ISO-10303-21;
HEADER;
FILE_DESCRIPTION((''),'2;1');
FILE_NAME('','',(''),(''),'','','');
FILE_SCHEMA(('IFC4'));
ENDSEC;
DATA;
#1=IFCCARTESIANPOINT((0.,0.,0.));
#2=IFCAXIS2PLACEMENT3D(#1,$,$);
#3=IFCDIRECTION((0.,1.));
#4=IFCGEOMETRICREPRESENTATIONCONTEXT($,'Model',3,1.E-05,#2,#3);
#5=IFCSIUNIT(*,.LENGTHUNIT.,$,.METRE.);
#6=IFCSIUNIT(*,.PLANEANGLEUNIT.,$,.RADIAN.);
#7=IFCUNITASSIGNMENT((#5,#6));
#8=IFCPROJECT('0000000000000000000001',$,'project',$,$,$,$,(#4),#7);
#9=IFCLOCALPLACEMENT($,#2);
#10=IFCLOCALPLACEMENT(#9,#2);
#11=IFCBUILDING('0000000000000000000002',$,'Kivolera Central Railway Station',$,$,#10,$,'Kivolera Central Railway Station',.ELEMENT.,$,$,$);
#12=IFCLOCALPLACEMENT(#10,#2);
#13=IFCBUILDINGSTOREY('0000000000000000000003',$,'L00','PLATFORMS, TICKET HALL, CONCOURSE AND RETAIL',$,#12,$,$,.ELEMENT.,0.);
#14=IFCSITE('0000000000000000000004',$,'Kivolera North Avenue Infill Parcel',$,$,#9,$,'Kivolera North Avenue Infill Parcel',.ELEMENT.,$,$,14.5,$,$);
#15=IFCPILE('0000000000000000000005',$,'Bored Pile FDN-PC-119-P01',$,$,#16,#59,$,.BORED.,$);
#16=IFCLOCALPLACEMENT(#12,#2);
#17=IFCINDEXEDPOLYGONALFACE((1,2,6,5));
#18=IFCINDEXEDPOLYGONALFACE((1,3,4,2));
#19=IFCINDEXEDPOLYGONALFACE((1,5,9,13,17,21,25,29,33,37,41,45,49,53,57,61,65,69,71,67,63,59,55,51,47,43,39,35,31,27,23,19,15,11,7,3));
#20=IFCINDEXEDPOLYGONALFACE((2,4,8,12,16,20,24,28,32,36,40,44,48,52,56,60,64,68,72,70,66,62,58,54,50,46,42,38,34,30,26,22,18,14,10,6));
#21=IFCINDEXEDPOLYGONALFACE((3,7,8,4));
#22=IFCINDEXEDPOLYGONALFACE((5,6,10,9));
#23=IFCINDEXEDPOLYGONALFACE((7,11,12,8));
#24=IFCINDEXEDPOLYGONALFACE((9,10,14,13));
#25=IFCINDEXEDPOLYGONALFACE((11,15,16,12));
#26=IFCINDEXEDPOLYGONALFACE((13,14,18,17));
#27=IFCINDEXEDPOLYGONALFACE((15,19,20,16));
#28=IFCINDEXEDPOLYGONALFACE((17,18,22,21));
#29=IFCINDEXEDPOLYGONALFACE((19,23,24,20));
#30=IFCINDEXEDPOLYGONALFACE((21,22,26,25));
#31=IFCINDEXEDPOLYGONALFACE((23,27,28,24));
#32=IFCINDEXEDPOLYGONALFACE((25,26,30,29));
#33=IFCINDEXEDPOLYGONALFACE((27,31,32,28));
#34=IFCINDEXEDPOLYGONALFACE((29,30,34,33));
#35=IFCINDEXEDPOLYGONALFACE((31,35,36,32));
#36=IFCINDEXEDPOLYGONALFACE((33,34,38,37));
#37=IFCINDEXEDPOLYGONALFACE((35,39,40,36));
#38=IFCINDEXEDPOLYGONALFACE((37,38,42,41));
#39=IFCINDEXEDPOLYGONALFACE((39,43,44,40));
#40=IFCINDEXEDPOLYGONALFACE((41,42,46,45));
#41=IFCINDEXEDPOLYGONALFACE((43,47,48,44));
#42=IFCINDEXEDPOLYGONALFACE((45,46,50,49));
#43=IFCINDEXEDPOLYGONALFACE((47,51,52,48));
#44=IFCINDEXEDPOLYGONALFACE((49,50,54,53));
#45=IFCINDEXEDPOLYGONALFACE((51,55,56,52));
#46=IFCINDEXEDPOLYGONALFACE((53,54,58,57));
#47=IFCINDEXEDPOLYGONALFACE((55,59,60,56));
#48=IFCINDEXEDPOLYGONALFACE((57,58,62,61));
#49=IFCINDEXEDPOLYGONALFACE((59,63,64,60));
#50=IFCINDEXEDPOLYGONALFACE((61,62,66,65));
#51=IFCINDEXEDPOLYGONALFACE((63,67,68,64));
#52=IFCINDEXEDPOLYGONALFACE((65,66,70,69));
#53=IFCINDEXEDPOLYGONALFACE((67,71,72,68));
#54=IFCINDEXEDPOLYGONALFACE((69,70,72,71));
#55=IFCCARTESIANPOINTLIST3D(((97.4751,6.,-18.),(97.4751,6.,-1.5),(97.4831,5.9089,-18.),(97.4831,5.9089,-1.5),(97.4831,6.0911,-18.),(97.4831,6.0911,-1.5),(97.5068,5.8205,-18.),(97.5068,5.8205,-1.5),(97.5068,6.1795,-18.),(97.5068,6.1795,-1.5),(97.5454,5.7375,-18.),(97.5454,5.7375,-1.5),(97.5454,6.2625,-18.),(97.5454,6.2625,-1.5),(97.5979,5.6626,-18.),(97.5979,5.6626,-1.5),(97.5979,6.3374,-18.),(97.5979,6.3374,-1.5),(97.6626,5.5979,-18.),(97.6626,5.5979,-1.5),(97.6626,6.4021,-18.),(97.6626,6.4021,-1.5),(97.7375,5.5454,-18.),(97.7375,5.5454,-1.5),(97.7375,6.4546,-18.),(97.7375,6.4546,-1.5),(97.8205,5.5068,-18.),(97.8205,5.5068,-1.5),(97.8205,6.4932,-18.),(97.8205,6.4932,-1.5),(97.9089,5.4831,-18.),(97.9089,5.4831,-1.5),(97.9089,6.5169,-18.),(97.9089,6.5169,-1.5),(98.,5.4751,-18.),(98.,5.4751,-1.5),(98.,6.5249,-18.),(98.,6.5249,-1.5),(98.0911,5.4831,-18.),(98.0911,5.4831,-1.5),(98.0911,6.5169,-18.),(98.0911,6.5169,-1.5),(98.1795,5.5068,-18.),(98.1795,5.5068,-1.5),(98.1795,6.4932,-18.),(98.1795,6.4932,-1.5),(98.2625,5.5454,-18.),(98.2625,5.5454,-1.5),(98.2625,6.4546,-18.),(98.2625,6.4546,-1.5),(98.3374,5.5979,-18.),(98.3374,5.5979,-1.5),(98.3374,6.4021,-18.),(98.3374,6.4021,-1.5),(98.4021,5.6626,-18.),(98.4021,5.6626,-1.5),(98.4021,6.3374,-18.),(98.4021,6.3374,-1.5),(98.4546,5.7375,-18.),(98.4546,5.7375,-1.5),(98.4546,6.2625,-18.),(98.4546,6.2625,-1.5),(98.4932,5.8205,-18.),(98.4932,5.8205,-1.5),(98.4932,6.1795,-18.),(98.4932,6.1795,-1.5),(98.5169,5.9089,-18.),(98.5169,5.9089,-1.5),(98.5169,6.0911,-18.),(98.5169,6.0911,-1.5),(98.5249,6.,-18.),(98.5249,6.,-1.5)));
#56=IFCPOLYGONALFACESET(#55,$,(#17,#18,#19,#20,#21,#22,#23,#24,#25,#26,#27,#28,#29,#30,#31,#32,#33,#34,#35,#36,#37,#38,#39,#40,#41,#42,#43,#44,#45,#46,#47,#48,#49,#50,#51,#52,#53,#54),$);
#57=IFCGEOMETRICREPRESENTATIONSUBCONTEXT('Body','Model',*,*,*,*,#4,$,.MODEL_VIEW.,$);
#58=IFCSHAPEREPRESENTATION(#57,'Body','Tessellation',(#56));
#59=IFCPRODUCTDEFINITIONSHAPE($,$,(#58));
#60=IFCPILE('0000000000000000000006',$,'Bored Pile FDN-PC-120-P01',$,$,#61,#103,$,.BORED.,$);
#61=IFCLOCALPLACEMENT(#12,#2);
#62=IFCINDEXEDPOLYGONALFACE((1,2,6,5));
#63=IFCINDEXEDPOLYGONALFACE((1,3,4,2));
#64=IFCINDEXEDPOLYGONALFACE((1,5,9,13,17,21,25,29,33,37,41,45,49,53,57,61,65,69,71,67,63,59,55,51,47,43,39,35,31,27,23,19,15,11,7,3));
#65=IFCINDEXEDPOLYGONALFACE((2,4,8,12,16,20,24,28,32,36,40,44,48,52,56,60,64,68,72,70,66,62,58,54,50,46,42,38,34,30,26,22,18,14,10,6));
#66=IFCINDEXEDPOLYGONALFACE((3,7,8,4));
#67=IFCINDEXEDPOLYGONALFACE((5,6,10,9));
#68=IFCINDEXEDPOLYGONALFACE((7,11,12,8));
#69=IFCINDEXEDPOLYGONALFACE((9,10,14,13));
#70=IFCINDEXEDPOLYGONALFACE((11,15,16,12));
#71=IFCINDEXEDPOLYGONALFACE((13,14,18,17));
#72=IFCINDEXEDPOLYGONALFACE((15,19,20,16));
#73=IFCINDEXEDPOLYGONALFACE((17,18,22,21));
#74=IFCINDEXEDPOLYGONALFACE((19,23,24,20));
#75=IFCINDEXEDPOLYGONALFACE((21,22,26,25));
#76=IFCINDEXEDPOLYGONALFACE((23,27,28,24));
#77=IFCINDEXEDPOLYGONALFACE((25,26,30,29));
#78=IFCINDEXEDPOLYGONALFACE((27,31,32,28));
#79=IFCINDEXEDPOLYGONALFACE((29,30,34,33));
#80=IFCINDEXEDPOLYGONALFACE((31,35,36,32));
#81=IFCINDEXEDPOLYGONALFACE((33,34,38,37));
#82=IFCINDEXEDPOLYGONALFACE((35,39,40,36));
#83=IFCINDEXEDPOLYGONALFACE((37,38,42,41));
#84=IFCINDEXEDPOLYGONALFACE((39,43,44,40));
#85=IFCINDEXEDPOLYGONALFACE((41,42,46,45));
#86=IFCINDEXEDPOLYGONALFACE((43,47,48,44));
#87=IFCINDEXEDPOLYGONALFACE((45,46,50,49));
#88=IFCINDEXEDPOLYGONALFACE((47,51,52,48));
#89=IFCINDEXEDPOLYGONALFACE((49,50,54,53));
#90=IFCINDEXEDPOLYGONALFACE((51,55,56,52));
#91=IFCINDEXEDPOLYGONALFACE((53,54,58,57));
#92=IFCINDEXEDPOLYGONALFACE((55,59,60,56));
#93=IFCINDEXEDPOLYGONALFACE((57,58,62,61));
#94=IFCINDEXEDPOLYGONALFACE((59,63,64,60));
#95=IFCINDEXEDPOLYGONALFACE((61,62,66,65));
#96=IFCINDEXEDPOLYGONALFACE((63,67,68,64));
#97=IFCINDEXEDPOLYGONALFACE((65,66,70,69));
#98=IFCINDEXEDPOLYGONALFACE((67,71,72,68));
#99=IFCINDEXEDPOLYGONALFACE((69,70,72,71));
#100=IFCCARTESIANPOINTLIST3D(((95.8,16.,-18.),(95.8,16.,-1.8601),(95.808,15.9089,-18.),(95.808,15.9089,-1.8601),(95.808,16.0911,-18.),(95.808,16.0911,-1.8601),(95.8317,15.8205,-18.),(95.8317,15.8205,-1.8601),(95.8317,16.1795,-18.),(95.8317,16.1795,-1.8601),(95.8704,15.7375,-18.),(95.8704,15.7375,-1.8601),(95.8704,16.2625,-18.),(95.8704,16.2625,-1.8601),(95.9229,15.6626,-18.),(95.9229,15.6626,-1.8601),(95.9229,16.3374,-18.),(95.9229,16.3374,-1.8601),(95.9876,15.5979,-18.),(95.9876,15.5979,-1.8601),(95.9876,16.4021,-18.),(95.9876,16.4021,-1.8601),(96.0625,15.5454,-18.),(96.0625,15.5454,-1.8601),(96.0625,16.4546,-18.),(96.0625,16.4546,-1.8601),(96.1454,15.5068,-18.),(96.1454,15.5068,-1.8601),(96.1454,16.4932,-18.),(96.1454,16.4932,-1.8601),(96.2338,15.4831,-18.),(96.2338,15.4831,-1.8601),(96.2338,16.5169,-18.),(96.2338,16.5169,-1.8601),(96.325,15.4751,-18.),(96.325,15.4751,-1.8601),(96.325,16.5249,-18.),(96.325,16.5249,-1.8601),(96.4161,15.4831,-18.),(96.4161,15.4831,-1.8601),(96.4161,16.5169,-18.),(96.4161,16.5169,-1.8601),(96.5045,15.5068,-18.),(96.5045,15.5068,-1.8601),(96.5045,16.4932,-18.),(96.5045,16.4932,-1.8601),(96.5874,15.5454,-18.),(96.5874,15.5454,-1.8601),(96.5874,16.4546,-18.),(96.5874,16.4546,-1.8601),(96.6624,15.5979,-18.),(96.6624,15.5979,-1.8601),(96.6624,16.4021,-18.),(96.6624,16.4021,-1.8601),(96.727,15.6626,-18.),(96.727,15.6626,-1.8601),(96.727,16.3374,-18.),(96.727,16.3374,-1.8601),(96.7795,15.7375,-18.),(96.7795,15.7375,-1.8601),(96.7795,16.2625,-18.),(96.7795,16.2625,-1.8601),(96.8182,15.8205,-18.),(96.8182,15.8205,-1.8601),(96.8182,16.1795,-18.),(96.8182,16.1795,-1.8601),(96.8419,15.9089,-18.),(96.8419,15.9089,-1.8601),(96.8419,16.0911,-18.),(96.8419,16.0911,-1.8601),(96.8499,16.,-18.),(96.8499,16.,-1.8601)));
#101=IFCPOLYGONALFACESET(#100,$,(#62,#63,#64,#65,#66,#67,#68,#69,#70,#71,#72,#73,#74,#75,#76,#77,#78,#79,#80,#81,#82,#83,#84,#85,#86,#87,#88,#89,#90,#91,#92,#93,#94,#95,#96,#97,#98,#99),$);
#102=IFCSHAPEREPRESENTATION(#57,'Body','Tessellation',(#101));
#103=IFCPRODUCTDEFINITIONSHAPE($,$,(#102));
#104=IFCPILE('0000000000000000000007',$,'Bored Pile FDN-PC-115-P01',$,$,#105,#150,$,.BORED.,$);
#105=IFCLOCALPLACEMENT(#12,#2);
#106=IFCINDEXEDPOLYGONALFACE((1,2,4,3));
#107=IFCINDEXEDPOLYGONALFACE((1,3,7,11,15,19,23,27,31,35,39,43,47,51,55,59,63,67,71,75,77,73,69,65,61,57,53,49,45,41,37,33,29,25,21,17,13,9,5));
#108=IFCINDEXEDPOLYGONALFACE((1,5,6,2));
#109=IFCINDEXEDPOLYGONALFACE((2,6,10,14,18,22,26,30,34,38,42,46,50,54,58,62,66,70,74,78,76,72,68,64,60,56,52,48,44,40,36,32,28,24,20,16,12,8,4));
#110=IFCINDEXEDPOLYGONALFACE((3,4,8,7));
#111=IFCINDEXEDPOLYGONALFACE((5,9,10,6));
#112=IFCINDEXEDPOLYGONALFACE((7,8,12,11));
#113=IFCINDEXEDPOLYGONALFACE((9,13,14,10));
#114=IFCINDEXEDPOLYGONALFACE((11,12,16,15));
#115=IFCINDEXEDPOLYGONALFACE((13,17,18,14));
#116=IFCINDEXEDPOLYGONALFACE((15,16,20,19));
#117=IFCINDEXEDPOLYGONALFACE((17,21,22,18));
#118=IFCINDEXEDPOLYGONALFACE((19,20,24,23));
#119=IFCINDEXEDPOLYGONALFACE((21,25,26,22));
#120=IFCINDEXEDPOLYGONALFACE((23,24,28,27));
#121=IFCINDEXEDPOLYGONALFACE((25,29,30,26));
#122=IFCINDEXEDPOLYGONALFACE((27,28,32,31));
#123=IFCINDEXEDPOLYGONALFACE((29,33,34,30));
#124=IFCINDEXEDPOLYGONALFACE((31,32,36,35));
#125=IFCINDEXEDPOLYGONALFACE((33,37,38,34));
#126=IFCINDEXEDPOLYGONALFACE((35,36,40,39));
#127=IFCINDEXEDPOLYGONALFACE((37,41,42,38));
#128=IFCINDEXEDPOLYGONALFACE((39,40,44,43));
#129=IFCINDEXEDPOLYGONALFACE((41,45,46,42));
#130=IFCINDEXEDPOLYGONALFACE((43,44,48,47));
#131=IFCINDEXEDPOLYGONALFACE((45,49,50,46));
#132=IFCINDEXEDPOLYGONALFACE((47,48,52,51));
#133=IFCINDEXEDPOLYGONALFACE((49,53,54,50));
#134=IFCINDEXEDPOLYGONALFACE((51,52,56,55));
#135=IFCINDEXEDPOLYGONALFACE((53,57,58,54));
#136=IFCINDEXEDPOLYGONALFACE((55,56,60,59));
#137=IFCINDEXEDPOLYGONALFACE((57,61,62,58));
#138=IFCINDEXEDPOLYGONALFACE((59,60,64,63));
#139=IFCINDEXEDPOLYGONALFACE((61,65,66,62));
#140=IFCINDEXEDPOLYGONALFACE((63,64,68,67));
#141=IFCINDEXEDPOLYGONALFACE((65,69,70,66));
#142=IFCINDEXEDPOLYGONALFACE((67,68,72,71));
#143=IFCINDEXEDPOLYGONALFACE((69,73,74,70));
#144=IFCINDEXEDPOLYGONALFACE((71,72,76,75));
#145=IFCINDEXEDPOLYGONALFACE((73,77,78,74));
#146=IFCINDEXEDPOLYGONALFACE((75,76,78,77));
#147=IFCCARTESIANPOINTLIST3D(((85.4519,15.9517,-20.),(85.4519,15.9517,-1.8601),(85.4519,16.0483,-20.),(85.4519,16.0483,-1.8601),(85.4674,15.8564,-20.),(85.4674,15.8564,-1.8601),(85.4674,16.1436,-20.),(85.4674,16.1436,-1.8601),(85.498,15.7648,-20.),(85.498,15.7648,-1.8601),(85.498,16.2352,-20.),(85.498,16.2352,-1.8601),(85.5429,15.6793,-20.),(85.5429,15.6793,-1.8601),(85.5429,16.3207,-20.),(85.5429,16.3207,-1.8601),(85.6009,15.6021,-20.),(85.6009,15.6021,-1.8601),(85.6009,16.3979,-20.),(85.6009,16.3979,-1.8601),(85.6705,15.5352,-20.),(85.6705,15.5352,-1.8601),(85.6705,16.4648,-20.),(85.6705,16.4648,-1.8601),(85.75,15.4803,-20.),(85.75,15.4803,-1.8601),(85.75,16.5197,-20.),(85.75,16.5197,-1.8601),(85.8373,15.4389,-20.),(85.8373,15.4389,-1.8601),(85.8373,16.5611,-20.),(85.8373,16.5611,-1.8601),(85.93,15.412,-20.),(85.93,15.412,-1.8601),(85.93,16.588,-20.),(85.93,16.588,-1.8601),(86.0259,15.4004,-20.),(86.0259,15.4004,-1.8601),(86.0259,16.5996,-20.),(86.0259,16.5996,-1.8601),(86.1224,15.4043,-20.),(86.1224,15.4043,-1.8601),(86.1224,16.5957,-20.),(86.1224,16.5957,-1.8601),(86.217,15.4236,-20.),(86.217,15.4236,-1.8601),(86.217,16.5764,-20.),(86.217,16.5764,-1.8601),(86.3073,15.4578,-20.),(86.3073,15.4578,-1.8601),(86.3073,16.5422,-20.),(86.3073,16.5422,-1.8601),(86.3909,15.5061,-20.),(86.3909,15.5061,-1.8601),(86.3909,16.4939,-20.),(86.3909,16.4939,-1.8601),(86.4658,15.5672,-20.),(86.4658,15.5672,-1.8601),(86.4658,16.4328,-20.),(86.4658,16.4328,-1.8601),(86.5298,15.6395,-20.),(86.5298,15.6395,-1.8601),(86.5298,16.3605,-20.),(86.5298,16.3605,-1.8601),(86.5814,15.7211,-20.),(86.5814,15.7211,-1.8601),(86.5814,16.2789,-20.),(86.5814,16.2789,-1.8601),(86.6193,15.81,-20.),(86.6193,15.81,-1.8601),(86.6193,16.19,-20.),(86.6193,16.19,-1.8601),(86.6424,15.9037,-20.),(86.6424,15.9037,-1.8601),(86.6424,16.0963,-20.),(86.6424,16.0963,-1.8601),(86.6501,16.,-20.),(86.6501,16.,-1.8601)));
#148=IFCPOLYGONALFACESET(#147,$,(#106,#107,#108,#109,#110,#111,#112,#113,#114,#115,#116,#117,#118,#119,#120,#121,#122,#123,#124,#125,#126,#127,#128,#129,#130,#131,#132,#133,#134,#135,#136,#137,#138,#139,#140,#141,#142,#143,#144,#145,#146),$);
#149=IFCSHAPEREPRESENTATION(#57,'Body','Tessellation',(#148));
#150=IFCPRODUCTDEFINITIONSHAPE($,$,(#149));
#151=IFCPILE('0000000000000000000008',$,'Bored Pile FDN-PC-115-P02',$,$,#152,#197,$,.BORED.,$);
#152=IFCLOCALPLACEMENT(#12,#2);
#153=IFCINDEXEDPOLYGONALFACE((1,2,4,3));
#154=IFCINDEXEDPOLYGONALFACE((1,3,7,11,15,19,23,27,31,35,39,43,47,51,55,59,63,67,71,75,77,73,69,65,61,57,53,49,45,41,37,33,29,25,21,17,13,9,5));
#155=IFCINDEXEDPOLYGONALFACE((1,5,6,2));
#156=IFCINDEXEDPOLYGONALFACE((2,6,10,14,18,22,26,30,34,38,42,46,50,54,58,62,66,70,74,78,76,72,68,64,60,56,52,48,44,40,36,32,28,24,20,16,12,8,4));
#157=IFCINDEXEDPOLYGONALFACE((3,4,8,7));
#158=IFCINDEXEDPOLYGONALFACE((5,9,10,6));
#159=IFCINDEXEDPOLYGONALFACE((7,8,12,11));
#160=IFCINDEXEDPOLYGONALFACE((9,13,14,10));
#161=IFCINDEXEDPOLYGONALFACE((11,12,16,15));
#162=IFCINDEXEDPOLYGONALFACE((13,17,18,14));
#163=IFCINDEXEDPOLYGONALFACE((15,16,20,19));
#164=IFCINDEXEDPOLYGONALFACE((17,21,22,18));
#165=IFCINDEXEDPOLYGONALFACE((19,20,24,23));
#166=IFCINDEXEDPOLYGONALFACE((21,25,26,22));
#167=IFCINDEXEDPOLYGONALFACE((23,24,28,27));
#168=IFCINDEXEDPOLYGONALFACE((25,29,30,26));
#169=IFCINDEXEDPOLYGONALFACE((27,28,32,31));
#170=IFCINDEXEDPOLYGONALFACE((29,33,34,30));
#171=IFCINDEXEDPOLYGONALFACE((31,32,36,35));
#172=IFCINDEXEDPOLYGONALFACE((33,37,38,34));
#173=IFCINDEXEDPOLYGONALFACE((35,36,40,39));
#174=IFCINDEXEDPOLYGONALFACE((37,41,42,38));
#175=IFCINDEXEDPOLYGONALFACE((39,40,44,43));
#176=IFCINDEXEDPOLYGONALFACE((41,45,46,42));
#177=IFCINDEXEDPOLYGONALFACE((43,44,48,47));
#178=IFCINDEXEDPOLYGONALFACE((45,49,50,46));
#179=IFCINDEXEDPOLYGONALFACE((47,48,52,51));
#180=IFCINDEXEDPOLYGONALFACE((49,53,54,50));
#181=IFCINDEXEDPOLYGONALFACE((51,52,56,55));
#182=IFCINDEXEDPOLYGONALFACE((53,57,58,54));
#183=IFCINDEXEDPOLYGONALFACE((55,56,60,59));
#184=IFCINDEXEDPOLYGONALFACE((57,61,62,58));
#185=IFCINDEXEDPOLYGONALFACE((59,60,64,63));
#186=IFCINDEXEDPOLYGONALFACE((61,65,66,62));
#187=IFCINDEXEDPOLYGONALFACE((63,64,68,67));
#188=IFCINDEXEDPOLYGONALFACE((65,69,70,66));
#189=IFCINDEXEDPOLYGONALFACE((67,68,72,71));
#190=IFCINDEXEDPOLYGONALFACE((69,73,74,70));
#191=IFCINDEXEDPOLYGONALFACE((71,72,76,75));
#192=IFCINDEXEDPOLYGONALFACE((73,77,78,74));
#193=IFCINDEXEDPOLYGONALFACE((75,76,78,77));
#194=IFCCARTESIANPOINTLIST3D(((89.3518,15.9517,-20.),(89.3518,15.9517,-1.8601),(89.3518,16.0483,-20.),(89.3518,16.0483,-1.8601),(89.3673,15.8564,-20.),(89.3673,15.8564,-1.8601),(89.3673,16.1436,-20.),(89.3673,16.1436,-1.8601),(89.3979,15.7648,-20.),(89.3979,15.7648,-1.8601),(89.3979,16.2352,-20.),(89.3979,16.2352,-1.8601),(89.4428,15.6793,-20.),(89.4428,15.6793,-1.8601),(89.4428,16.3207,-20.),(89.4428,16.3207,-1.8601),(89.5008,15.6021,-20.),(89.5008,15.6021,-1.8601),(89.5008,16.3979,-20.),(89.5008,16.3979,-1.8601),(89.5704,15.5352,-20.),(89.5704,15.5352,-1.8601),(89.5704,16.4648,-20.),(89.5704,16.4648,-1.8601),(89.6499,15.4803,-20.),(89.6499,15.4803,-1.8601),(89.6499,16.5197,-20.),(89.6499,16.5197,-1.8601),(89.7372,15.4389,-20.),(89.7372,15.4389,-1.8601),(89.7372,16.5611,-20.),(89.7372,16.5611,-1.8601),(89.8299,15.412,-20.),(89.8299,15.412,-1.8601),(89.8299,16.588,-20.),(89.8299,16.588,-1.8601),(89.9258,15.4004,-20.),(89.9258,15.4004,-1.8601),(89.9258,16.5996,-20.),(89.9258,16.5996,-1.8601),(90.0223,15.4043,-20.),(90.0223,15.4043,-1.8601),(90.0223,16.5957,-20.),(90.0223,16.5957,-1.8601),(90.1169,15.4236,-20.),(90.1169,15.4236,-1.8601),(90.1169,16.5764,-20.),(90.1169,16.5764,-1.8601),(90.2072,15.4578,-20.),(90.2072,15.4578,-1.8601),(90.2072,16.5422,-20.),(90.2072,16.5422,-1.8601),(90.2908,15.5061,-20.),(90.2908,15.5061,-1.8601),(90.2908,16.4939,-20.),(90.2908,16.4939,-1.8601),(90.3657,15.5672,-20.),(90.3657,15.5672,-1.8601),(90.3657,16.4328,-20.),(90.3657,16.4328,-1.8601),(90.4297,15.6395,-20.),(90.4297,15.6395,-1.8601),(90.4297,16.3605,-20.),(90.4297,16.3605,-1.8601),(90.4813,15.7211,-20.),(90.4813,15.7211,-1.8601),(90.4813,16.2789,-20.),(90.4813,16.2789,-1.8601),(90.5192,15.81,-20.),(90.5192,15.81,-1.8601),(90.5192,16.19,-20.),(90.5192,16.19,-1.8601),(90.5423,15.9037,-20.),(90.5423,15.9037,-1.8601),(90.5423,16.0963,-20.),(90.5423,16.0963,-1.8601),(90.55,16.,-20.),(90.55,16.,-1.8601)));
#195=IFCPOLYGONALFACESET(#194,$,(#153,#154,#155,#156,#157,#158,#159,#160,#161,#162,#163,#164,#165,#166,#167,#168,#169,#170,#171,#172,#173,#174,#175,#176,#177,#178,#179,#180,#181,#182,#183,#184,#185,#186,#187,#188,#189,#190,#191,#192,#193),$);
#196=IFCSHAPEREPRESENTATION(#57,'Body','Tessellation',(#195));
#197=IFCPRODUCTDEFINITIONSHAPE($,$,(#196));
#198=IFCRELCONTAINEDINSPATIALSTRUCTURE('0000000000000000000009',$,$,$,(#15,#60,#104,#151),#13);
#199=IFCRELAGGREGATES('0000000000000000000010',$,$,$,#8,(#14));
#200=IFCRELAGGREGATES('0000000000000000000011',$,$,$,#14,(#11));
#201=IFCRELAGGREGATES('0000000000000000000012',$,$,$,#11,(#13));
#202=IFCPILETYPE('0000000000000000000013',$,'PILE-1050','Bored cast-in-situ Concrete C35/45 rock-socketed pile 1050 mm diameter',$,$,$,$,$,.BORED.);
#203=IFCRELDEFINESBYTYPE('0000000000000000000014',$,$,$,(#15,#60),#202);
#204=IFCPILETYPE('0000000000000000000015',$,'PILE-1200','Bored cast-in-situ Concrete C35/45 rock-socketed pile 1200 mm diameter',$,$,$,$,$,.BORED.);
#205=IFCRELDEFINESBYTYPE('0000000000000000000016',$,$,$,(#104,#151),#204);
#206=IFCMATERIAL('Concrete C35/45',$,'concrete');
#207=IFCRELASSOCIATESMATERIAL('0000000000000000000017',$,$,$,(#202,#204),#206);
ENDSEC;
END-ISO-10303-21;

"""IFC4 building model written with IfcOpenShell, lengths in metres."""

from ifc_helpers import new_model, si_unit, direction, frame, origin, origin_2d, place, context, subcontext, project, spatial, circle, extrude, material, material_profile, profile_set, type_object, element, save


model = new_model("IFC4")

# Units and contexts
model_context = context("Model", 3, precision=1e-05, world=origin(), true_north=direction((0.0, 1.0)))
body_context = subcontext(model_context, "Body", "Model", "MODEL_VIEW")
ifc_project = project(units=[si_unit("LENGTHUNIT", "METRE"), si_unit("PLANEANGLEUNIT", "RADIAN")], contexts=[model_context])

# Site, building, storey
site_placement = place(None, origin())
site = spatial("IfcSite", under=ifc_project, at=site_placement, Name="Kivolera North Avenue Infill Parcel", LongName="Kivolera North Avenue Infill Parcel", CompositionType="ELEMENT", RefElevation=14.5)
building_placement = place(site_placement, origin())
building = spatial("IfcBuilding", under=site, at=building_placement, Name="Kivolera Central Railway Station", LongName="Kivolera Central Railway Station", CompositionType="ELEMENT")
storey_placement = place(building_placement, origin())
storey = spatial("IfcBuildingStorey", under=building, at=storey_placement, Name="L00", Description="PLATFORMS, TICKET HALL, CONCOURSE AND RETAIL", CompositionType="ELEMENT", Elevation=0.0)

# Shared definitions
ifc_material_1 = material(Name="Concrete C35/45", Category="concrete")

# Piles
ifc_material_profile_1 = material_profile(ifc_material_1, circle(Radius=0.5249, at=origin_2d()), Name="PILE D1050")
ifc_profile_set_1 = profile_set([ifc_material_profile_1], Name="Concrete C35/45")
pile_type_1 = type_object("IfcPileType", Name="PILE-1050", Description="Bored cast-in-situ Concrete C35/45 rock-socketed pile 1050 mm diameter", PredefinedType="BORED", material=ifc_profile_set_1)
for number, where, z_axis, x_axis, name in (
    (1, (98.0, 6.0, -1.5), (0.0, 0.0, -1.0), (1.0, 0.0, 0.0), "Bored Pile FDN-PC-119-P01"),
):
    element("IfcPile", number, at=place(storey_placement, frame(where, z_axis=z_axis, x_axis=x_axis)), inside=storey, type_object=pile_type_1, Name=name, PredefinedType="BORED", context=body_context, shape_type="SweptSolid", body=[
        extrude(circle(Radius=0.5249, at=origin_2d()), origin(), (0.0, 0.0, 1.0), 16.5),
    ])
pile_placement = place(storey_placement, frame((96.325, 16.0, -1.8601), z_axis=(0.0, 0.0, -1.0), x_axis=(1.0, 0.0, 0.0)))
element("IfcPile", 2, at=pile_placement, inside=storey, type_object=pile_type_1, Name="Bored Pile FDN-PC-120-P01", PredefinedType="BORED", context=body_context, shape_type="SweptSolid", body=[
    extrude(circle(Radius=0.5249, at=origin_2d()), origin(), (0.0, 0.0, 1.0), 16.1399),
])
ifc_material_profile_2 = material_profile(ifc_material_1, circle(Radius=0.6001, at=origin_2d()), Name="PILE D1200")
ifc_profile_set_2 = profile_set([ifc_material_profile_2], Name="Concrete C35/45")
pile_type_2 = type_object("IfcPileType", Name="PILE-1200", Description="Bored cast-in-situ Concrete C35/45 rock-socketed pile 1200 mm diameter", PredefinedType="BORED", material=ifc_profile_set_2)
for number, where, z_axis, x_axis, name in (
    (3, (86.05, 16.0, -1.8601), (0.0, 0.0, -1.0), (1.0, 0.0, 0.0), "Bored Pile FDN-PC-115-P01"),
    (4, (89.95, 16.0, -1.8601), (0.0, 0.0, -1.0), (1.0, 0.0, 0.0), "Bored Pile FDN-PC-115-P02"),
):
    element("IfcPile", number, at=place(storey_placement, frame(where, z_axis=z_axis, x_axis=x_axis)), inside=storey, type_object=pile_type_2, Name=name, PredefinedType="BORED", context=body_context, shape_type="SweptSolid", body=[
        extrude(circle(Radius=0.6001, at=origin_2d()), origin(), (0.0, 0.0, 1.0), 18.1399),
    ])

save(model, "model.ifc")
